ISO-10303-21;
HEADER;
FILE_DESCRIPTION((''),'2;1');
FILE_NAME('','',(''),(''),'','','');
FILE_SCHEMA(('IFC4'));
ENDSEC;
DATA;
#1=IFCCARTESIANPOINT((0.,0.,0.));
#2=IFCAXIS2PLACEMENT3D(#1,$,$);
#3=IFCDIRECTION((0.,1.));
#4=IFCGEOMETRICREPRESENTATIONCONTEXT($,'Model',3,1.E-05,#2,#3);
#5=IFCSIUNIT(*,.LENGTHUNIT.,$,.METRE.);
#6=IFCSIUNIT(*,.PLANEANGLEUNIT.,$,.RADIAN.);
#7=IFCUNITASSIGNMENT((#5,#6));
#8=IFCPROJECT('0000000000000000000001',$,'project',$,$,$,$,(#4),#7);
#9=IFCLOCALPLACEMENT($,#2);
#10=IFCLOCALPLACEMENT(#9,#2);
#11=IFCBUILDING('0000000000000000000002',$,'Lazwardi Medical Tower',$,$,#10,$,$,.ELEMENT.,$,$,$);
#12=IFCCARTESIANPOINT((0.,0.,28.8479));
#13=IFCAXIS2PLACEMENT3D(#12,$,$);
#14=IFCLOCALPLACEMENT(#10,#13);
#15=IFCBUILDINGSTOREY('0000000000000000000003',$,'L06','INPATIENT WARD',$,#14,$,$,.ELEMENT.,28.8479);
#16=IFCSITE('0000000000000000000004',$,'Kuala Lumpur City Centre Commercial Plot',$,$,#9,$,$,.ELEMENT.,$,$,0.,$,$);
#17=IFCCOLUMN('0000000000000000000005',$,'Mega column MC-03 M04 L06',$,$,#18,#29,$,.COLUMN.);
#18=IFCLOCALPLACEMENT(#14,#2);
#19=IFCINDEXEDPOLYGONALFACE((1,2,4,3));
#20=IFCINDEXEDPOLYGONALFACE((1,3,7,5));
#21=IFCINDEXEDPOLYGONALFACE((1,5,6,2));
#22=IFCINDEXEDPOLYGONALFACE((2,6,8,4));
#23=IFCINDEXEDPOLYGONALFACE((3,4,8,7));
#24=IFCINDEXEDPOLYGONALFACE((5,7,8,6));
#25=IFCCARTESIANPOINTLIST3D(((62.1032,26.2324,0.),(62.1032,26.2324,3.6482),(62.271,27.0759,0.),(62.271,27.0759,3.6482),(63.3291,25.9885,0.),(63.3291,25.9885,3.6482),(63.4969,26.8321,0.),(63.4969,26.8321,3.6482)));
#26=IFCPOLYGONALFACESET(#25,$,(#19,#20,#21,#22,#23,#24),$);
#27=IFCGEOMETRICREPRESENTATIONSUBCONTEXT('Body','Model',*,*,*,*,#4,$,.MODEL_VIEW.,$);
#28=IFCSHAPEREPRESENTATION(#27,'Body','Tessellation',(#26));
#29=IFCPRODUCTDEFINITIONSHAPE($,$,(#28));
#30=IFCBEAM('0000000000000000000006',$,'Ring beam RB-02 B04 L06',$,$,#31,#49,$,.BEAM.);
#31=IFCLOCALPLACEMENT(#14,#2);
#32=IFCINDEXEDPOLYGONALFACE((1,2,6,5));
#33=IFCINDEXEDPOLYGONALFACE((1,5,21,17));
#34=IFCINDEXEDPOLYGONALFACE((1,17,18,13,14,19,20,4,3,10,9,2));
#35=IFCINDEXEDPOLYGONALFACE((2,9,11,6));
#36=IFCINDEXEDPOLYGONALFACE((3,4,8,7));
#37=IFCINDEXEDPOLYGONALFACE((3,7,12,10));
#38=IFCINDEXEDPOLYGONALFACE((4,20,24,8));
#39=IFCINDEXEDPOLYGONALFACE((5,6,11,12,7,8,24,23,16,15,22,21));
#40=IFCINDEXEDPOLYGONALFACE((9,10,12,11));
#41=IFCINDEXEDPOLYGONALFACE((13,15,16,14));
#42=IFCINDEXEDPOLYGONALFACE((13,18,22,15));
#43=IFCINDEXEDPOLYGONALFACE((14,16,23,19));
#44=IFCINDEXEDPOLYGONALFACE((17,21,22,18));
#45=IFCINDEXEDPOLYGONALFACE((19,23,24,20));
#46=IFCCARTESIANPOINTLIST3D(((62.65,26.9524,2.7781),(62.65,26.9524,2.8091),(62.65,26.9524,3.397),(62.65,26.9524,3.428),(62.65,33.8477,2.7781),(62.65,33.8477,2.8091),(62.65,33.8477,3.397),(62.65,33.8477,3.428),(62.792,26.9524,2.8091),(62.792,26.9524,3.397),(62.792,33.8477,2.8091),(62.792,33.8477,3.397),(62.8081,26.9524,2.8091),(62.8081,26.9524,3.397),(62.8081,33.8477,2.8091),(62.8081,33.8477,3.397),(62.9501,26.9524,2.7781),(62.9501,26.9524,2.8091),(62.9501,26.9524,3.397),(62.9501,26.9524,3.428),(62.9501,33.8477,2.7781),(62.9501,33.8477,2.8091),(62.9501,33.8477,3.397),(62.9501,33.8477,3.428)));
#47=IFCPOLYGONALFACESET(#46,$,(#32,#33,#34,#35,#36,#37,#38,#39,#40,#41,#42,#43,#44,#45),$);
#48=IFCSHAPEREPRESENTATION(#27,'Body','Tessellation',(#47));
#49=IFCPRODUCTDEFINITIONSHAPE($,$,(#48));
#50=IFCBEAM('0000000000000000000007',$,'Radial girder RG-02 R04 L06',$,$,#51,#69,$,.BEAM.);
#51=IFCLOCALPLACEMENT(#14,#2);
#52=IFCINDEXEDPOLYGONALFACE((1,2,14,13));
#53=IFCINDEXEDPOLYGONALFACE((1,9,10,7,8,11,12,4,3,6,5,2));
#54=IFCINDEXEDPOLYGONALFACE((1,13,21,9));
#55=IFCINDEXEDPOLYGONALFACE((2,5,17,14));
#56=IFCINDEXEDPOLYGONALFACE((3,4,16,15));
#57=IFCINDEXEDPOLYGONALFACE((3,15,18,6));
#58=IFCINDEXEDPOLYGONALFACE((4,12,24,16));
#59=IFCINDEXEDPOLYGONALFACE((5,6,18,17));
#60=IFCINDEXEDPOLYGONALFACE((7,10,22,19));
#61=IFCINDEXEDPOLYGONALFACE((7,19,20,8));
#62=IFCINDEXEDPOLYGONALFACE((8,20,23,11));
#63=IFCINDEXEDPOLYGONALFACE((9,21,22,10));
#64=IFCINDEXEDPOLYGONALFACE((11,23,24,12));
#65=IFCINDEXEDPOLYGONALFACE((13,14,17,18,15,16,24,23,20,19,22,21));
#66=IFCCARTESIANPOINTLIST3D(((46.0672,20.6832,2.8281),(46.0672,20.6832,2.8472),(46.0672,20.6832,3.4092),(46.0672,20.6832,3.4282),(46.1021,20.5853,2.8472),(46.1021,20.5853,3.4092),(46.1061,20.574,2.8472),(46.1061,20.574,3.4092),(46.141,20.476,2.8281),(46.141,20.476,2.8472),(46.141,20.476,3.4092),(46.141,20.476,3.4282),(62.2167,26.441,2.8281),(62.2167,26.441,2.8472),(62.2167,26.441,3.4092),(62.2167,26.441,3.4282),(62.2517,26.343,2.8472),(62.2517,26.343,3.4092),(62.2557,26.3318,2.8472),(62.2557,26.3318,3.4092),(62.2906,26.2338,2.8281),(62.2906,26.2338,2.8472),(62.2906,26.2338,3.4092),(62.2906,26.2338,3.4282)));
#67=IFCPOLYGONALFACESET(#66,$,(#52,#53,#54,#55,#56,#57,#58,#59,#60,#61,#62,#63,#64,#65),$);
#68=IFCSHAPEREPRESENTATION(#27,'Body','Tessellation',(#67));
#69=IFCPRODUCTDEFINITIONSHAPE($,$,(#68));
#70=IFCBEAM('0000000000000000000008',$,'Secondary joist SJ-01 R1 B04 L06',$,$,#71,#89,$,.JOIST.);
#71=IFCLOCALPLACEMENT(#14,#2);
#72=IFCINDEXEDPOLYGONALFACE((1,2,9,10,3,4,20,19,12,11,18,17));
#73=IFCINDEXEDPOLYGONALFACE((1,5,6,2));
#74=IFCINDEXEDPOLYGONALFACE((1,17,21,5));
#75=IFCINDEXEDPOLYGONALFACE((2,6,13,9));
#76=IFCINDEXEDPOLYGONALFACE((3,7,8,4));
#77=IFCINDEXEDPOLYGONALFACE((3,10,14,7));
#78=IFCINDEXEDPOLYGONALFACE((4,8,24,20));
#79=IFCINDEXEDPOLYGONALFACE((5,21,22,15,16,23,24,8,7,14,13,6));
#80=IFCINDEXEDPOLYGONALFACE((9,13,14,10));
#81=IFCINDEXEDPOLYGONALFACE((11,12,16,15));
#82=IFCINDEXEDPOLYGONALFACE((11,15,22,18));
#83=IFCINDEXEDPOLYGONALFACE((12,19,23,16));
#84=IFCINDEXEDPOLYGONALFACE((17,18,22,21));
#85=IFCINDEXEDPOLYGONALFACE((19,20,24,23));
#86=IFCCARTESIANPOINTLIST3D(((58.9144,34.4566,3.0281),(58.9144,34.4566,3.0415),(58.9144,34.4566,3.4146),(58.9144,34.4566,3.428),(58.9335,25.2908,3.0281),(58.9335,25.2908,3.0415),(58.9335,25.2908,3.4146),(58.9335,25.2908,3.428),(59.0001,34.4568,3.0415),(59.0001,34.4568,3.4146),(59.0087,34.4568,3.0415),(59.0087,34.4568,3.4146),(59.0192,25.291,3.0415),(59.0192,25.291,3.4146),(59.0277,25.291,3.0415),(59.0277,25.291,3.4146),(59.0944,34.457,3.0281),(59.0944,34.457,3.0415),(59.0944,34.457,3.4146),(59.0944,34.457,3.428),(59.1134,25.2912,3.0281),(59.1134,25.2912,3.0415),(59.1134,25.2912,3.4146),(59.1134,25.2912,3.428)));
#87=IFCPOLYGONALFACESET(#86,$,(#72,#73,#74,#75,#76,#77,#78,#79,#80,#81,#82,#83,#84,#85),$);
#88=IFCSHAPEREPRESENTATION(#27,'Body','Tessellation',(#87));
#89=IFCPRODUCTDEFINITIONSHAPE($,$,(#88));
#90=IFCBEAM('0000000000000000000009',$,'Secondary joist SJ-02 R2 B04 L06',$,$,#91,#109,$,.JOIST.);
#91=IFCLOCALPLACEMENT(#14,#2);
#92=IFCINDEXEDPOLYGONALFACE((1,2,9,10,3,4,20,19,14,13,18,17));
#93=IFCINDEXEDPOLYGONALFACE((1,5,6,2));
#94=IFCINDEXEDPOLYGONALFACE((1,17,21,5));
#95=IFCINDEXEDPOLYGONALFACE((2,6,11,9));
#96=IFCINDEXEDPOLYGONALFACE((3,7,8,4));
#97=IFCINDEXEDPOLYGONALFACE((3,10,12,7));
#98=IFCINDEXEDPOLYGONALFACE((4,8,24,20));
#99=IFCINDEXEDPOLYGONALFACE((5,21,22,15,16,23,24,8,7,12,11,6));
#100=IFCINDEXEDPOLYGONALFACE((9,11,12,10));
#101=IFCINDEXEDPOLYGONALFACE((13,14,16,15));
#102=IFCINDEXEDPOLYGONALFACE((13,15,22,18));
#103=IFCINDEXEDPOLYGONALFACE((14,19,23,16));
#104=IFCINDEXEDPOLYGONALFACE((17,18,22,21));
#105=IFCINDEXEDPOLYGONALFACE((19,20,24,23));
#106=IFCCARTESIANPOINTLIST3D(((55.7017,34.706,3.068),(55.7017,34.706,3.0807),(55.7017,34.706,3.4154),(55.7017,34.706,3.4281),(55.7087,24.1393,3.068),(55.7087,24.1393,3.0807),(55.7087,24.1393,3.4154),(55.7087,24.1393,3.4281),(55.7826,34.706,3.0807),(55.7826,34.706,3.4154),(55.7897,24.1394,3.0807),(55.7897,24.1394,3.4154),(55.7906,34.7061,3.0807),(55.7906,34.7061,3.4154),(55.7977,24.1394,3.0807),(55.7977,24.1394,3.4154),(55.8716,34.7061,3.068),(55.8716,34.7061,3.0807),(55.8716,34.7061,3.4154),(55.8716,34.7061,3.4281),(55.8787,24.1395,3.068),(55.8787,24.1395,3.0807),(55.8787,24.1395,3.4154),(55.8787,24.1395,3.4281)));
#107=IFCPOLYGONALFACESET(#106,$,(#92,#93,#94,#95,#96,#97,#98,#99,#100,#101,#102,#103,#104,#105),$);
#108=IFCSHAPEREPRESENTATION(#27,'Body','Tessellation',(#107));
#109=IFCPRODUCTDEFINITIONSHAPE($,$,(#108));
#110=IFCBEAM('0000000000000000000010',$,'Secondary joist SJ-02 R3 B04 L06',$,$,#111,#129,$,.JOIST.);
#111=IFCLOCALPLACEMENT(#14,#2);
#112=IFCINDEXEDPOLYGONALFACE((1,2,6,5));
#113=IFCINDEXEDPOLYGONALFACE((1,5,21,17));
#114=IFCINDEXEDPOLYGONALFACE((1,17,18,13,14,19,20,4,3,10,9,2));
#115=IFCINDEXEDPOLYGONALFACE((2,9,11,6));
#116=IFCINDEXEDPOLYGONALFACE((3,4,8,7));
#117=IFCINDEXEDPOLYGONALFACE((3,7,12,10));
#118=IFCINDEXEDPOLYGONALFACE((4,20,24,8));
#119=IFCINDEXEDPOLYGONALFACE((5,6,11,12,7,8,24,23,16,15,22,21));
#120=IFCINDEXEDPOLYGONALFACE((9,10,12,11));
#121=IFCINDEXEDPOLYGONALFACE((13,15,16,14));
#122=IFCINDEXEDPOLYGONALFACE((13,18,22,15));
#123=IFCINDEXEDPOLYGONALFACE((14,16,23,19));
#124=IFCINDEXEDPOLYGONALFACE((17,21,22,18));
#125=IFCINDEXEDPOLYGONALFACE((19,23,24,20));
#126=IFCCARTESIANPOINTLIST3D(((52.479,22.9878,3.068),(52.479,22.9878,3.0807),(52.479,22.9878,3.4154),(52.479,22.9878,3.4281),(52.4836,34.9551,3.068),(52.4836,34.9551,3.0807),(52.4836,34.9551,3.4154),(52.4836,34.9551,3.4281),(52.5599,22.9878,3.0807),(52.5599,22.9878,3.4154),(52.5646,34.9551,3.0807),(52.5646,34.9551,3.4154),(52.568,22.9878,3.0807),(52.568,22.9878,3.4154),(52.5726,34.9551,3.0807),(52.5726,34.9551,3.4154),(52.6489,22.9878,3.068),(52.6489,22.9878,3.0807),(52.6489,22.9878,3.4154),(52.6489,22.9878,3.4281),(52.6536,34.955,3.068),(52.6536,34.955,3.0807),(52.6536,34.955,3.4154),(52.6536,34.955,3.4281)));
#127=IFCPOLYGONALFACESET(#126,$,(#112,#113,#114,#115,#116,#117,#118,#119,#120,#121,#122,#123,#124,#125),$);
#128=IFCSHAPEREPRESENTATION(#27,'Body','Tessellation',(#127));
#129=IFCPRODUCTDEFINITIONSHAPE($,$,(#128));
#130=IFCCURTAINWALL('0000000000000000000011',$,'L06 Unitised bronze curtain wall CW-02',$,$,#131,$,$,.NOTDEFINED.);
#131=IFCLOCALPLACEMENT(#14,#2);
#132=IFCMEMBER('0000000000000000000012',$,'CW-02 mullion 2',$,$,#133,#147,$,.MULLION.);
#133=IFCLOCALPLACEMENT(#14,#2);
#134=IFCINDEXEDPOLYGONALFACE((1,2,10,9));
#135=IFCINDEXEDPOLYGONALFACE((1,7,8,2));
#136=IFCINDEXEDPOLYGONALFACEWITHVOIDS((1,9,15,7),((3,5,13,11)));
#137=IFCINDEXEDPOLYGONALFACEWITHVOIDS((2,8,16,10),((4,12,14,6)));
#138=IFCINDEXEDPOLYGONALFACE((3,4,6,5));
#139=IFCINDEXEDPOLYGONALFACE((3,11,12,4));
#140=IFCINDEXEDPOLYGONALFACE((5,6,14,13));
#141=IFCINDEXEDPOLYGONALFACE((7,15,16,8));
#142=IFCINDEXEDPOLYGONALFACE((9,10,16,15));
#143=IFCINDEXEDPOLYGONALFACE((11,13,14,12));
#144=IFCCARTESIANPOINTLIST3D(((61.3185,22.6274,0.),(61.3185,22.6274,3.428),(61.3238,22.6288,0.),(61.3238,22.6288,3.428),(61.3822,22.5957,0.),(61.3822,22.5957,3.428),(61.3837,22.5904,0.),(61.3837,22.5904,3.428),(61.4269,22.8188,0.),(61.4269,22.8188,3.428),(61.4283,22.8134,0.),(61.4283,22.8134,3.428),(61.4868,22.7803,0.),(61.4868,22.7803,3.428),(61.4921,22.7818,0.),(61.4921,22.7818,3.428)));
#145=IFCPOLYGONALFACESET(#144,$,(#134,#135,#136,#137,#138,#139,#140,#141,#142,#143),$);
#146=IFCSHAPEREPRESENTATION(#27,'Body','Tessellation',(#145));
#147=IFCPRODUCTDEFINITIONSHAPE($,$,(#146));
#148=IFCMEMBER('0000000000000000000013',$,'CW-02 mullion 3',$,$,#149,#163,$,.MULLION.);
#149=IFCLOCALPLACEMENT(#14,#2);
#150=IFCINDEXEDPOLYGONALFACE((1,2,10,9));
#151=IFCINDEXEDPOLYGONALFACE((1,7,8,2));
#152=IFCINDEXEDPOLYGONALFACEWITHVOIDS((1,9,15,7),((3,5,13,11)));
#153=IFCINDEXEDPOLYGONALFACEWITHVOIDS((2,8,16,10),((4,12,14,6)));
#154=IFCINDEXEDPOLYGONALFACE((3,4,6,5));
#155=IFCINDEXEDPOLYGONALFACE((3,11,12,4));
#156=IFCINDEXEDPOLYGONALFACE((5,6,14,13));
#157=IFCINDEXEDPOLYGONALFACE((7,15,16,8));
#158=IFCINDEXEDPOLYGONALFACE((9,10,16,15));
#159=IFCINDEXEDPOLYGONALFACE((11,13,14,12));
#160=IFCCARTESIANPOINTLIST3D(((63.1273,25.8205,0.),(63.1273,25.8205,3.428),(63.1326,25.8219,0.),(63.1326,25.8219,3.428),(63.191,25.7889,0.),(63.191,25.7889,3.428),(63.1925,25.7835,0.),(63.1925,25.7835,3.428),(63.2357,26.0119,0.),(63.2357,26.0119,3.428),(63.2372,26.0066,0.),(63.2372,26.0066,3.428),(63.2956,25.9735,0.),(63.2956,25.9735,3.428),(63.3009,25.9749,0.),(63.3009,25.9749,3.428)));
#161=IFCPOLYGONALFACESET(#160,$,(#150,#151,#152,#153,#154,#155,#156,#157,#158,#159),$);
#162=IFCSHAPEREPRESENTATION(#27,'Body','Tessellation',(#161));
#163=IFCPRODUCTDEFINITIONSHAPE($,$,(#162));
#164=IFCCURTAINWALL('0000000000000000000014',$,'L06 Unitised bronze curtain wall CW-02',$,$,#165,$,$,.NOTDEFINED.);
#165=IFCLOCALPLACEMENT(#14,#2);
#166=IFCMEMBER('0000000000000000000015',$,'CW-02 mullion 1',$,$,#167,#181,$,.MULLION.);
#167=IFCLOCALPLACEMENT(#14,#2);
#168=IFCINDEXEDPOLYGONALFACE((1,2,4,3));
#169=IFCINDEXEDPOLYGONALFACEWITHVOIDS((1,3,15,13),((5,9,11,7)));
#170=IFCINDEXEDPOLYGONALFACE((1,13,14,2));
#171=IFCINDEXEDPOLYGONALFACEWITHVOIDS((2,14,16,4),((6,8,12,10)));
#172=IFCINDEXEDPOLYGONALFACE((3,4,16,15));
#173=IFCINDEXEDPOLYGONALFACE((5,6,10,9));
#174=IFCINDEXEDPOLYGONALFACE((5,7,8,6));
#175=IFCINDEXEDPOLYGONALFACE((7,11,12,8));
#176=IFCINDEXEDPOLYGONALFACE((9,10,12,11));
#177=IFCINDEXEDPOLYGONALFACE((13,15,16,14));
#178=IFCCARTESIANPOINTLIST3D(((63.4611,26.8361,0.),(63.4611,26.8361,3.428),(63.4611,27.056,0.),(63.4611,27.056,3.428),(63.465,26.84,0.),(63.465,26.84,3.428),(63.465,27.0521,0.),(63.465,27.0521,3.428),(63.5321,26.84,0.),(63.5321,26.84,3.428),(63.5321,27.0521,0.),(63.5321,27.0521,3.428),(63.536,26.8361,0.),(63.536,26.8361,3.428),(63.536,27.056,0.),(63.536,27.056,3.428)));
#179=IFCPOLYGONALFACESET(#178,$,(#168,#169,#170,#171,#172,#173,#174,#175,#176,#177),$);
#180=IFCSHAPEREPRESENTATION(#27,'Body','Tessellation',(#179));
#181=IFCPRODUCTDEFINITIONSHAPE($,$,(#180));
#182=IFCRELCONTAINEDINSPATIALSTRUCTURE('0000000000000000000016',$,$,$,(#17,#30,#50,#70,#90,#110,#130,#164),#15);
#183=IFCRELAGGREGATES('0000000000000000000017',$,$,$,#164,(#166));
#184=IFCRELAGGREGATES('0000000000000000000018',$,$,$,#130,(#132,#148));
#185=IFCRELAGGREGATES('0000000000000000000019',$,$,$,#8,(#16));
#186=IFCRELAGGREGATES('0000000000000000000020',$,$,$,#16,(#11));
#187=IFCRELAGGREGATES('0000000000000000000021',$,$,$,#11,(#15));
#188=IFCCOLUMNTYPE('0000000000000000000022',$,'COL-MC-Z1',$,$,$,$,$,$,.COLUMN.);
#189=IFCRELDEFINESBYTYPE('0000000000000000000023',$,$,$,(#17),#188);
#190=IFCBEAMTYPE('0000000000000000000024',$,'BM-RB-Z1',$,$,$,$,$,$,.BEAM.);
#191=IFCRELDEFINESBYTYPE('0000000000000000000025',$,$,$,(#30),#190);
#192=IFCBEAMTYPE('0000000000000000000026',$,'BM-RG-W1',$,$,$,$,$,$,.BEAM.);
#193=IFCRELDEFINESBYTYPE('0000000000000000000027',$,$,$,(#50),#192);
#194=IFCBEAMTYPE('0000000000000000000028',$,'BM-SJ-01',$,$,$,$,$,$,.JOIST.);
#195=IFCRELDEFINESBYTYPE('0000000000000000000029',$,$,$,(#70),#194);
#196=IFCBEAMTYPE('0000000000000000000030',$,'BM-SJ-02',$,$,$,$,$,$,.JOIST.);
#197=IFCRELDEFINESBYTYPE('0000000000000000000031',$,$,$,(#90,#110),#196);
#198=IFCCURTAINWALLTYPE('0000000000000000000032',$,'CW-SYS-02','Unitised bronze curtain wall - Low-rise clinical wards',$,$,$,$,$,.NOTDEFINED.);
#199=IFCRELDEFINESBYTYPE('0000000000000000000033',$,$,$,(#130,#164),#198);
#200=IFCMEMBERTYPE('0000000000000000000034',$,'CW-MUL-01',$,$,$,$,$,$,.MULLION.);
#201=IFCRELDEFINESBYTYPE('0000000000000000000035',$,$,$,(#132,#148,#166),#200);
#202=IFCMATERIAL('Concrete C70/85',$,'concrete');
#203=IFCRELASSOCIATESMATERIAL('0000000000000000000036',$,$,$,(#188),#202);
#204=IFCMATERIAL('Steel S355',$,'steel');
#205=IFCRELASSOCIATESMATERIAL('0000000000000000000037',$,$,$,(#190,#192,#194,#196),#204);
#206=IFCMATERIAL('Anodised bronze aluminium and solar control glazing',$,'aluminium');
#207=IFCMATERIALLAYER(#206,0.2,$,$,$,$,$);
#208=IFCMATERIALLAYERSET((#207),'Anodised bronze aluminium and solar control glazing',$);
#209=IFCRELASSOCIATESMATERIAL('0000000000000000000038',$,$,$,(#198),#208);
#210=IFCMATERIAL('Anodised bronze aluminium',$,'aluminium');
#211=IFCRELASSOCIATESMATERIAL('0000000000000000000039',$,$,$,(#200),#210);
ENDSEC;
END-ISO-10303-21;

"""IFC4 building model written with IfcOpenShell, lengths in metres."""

from ifc_helpers import new_model, si_unit, direction, frame, origin, origin_2d, place, context, subcontext, project, spatial, rectangle, hollow_rectangle, i_section, extrude, material, layer, layer_set, material_profile, profile_set, type_object, element, aggregate, save


model = new_model("IFC4")

# Units and contexts
model_context = context("Model", 3, precision=1e-05, world=origin(), true_north=direction((0.0, 1.0)))
body_context = subcontext(model_context, "Body", "Model", "MODEL_VIEW")
ifc_project = project(units=[si_unit("LENGTHUNIT", "METRE"), si_unit("PLANEANGLEUNIT", "RADIAN")], contexts=[model_context])

# Site, building, storey
site_placement = place(None, origin())
site = spatial("IfcSite", under=ifc_project, at=site_placement, Name="Kuala Lumpur City Centre Commercial Plot", CompositionType="ELEMENT", RefElevation=0.0)
building_placement = place(site_placement, origin())
building = spatial("IfcBuilding", under=site, at=building_placement, Name="Lazwardi Medical Tower", CompositionType="ELEMENT")
storey_placement = place(building_placement, frame((0.0, 0.0, 28.8479)))
storey = spatial("IfcBuildingStorey", under=building, at=storey_placement, Name="L06", Description="INPATIENT WARD", CompositionType="ELEMENT", Elevation=28.8479)

# Column
ifc_material_1 = material(Name="Concrete C70/85", Category="concrete")
ifc_material_profile_1 = material_profile(ifc_material_1, rectangle(XDim=1.25, YDim=0.8601, at=origin_2d()), Name="CFT-RECT 1250x860")
ifc_profile_set_1 = profile_set([ifc_material_profile_1], Name="Concrete C70/85")
column_type = type_object("IfcColumnType", Name="COL-MC-Z1", PredefinedType="COLUMN", material=ifc_profile_set_1)
column_placement = place(storey_placement, frame((62.8, 26.5322, 0.0), z_axis=(0.0, 0.0, 1.0), x_axis=(0.980785, -0.19509, 0.0)))
element("IfcColumn", 1, at=column_placement, inside=storey, type_object=column_type, Name="Mega column MC-03 M04 L06", PredefinedType="COLUMN", context=body_context, shape_type="SweptSolid", body=[
    extrude(rectangle(XDim=1.25, YDim=0.8601, at=origin_2d()), origin(), (0.0, 0.0, 1.0), 3.6482),
])

# Beams
ifc_material_2 = material(Name="Steel S355", Category="steel")
ifc_material_profile_2 = material_profile(ifc_material_2, i_section(OverallWidth=0.3, OverallDepth=0.6499, WebThickness=0.0161, FlangeThickness=0.031, at=origin_2d()), Name="HEB 650")
ifc_profile_set_2 = profile_set([ifc_material_profile_2], Name="Steel S355")
beam_type_1 = type_object("IfcBeamType", Name="BM-RB-Z1", PredefinedType="BEAM", material=ifc_profile_set_2)
beam_1_placement = place(storey_placement, frame((62.8, 26.9524, 3.103), z_axis=(0.0, 1.0, 0.0), x_axis=(-1.0, 0.0, 0.0)))
element("IfcBeam", 2, at=beam_1_placement, inside=storey, type_object=beam_type_1, Name="Ring beam RB-02 B04 L06", PredefinedType="BEAM", context=body_context, shape_type="SweptSolid", body=[
    extrude(i_section(OverallWidth=0.3, OverallDepth=0.6499, WebThickness=0.0161, FlangeThickness=0.031, at=origin_2d()), origin(), (0.0, 0.0, 1.0), 6.8953),
])
ifc_material_profile_3 = material_profile(ifc_material_2, i_section(OverallWidth=0.22, OverallDepth=0.6001, WebThickness=0.012, FlangeThickness=0.019, at=origin_2d()), Name="IPE 600")
ifc_profile_set_3 = profile_set([ifc_material_profile_3], Name="Steel S355")
beam_type_2 = type_object("IfcBeamType", Name="BM-RG-W1", PredefinedType="BEAM", material=ifc_profile_set_3)
beam_2_placement = place(storey_placement, frame((62.2537, 26.3374, 3.1282), z_axis=(-0.941925, -0.335823, 0.0), x_axis=(0.335823, -0.941925, 0.0)))
element("IfcBeam", 3, at=beam_2_placement, inside=storey, type_object=beam_type_2, Name="Radial girder RG-02 R04 L06", PredefinedType="BEAM", context=body_context, shape_type="SweptSolid", body=[
    extrude(i_section(OverallWidth=0.22, OverallDepth=0.6001, WebThickness=0.012, FlangeThickness=0.019, at=origin_2d()), origin(), (0.0, 0.0, 1.0), 17.1453),
])
ifc_material_profile_4 = material_profile(ifc_material_2, i_section(OverallWidth=0.1799, OverallDepth=0.3999, WebThickness=0.0085, FlangeThickness=0.0134, at=origin_2d()), Name="IPE 400")
ifc_profile_set_4 = profile_set([ifc_material_profile_4], Name="Steel S355")
beam_type_3 = type_object("IfcBeamType", Name="BM-SJ-01", PredefinedType="JOIST", material=ifc_profile_set_4)
beam_3_placement = place(storey_placement, frame((59.0234, 25.291, 3.228), z_axis=(-0.002078, 0.999998, 0.0), x_axis=(-0.999998, -0.002078, 0.0)))
element("IfcBeam", 4, at=beam_3_placement, inside=storey, type_object=beam_type_3, Name="Secondary joist SJ-01 R1 B04 L06", PredefinedType="JOIST", context=body_context, shape_type="SweptSolid", body=[
    extrude(i_section(OverallWidth=0.1799, OverallDepth=0.3999, WebThickness=0.0085, FlangeThickness=0.0134, at=origin_2d()), origin(), (0.0, 0.0, 1.0), 9.1658),
])
ifc_material_profile_5 = material_profile(ifc_material_2, i_section(OverallWidth=0.1699, OverallDepth=0.3601, WebThickness=0.0081, FlangeThickness=0.0127, at=origin_2d()), Name="IPE 360")
ifc_profile_set_5 = profile_set([ifc_material_profile_5], Name="Steel S355")
beam_type_4 = type_object("IfcBeamType", Name="BM-SJ-02", PredefinedType="JOIST", material=ifc_profile_set_5)
beam_4_placement = place(storey_placement, frame((55.7937, 24.1394, 3.248), z_axis=(-0.00067, 1.0, 0.0), x_axis=(-1.0, -0.00067, 0.0)))
element("IfcBeam", 5, at=beam_4_placement, inside=storey, type_object=beam_type_4, Name="Secondary joist SJ-02 R2 B04 L06", PredefinedType="JOIST", context=body_context, shape_type="SweptSolid", body=[
    extrude(i_section(OverallWidth=0.1699, OverallDepth=0.3601, WebThickness=0.0081, FlangeThickness=0.0127, at=origin_2d()), origin(), (0.0, 0.0, 1.0), 10.5667),
])
beam_5_placement = place(storey_placement, frame((52.564, 22.9878, 3.248), z_axis=(0.000388, 1.0, 0.0), x_axis=(-1.0, 0.000388, 0.0)))
element("IfcBeam", 6, at=beam_5_placement, inside=storey, type_object=beam_type_4, Name="Secondary joist SJ-02 R3 B04 L06", PredefinedType="JOIST", context=body_context, shape_type="SweptSolid", body=[
    extrude(i_section(OverallWidth=0.1699, OverallDepth=0.3601, WebThickness=0.0081, FlangeThickness=0.0127, at=origin_2d()), origin(), (0.0, 0.0, 1.0), 11.9673),
])

# Curtain wall, members
ifc_material_3 = material(Name="Anodised bronze aluminium and solar control glazing", Category="aluminium")
ifc_layer_1 = layer(ifc_material_3, 0.2)
ifc_layer_set_1 = layer_set([ifc_layer_1], Name="Anodised bronze aluminium and solar control glazing")
curtain_wall_type = type_object("IfcCurtainWallType", Name="CW-SYS-02", Description="Unitised bronze curtain wall - Low-rise clinical wards", PredefinedType="NOTDEFINED", material=ifc_layer_set_1)
curtain_wall_1_placement = place(storey_placement, origin())
curtain_wall_1 = element("IfcCurtainWall", 7, at=curtain_wall_1_placement, inside=storey, type_object=curtain_wall_type, Name="L06 Unitised bronze curtain wall CW-02", PredefinedType="NOTDEFINED")
ifc_material_4 = material(Name="Anodised bronze aluminium", Category="aluminium")
ifc_material_profile_6 = material_profile(ifc_material_4, hollow_rectangle(XDim=0.075, YDim=0.22, WallThickness=0.0039, at=origin_2d()), Name="ALU-MULLION 220x75x4")
ifc_profile_set_6 = profile_set([ifc_material_profile_6], Name="Anodised bronze aluminium")
member_type_1 = type_object("IfcMemberType", Name="CW-MUL-01", PredefinedType="MULLION", material=ifc_profile_set_6)
member_1_placement = place(storey_placement, frame((61.4053, 22.7046, 0.0), z_axis=(0.0, 0.0, 1.0), x_axis=(-0.870112, 0.492854, 0.0)))
member_1 = element("IfcMember", 8, at=member_1_placement, type_object=member_type_1, Name="CW-02 mullion 2", PredefinedType="MULLION", context=body_context, shape_type="SweptSolid", body=[
    extrude(hollow_rectangle(XDim=0.075, YDim=0.22, WallThickness=0.0039, at=origin_2d()), origin(), (0.0, 0.0, 1.0), 3.428),
])
member_2_placement = place(storey_placement, frame((63.2141, 25.8977, 0.0), z_axis=(0.0, 0.0, 1.0), x_axis=(-0.870112, 0.492854, 0.0)))
member_2 = element("IfcMember", 9, at=member_2_placement, type_object=member_type_1, Name="CW-02 mullion 3", PredefinedType="MULLION", context=body_context, shape_type="SweptSolid", body=[
    extrude(hollow_rectangle(XDim=0.075, YDim=0.22, WallThickness=0.0039, at=origin_2d()), origin(), (0.0, 0.0, 1.0), 3.428),
])

# Curtain wall, member
curtain_wall_2_placement = place(storey_placement, origin())
curtain_wall_2 = element("IfcCurtainWall", 10, at=curtain_wall_2_placement, inside=storey, type_object=curtain_wall_type, Name="L06 Unitised bronze curtain wall CW-02", PredefinedType="NOTDEFINED")
member_3_placement = place(storey_placement, frame((63.4985, 26.946, 0.0), z_axis=(0.0, 0.0, 1.0), x_axis=(-1.0, 0.0, 0.0)))
member_3 = element("IfcMember", 11, at=member_3_placement, type_object=member_type_1, Name="CW-02 mullion 1", PredefinedType="MULLION", context=body_context, shape_type="SweptSolid", body=[
    extrude(hollow_rectangle(XDim=0.075, YDim=0.22, WallThickness=0.0039, at=origin_2d()), origin(), (0.0, 0.0, 1.0), 3.428),
])

aggregate(curtain_wall_2, [member_3])

aggregate(curtain_wall_1, [member_1, member_2])

save(model, "model.ifc")
